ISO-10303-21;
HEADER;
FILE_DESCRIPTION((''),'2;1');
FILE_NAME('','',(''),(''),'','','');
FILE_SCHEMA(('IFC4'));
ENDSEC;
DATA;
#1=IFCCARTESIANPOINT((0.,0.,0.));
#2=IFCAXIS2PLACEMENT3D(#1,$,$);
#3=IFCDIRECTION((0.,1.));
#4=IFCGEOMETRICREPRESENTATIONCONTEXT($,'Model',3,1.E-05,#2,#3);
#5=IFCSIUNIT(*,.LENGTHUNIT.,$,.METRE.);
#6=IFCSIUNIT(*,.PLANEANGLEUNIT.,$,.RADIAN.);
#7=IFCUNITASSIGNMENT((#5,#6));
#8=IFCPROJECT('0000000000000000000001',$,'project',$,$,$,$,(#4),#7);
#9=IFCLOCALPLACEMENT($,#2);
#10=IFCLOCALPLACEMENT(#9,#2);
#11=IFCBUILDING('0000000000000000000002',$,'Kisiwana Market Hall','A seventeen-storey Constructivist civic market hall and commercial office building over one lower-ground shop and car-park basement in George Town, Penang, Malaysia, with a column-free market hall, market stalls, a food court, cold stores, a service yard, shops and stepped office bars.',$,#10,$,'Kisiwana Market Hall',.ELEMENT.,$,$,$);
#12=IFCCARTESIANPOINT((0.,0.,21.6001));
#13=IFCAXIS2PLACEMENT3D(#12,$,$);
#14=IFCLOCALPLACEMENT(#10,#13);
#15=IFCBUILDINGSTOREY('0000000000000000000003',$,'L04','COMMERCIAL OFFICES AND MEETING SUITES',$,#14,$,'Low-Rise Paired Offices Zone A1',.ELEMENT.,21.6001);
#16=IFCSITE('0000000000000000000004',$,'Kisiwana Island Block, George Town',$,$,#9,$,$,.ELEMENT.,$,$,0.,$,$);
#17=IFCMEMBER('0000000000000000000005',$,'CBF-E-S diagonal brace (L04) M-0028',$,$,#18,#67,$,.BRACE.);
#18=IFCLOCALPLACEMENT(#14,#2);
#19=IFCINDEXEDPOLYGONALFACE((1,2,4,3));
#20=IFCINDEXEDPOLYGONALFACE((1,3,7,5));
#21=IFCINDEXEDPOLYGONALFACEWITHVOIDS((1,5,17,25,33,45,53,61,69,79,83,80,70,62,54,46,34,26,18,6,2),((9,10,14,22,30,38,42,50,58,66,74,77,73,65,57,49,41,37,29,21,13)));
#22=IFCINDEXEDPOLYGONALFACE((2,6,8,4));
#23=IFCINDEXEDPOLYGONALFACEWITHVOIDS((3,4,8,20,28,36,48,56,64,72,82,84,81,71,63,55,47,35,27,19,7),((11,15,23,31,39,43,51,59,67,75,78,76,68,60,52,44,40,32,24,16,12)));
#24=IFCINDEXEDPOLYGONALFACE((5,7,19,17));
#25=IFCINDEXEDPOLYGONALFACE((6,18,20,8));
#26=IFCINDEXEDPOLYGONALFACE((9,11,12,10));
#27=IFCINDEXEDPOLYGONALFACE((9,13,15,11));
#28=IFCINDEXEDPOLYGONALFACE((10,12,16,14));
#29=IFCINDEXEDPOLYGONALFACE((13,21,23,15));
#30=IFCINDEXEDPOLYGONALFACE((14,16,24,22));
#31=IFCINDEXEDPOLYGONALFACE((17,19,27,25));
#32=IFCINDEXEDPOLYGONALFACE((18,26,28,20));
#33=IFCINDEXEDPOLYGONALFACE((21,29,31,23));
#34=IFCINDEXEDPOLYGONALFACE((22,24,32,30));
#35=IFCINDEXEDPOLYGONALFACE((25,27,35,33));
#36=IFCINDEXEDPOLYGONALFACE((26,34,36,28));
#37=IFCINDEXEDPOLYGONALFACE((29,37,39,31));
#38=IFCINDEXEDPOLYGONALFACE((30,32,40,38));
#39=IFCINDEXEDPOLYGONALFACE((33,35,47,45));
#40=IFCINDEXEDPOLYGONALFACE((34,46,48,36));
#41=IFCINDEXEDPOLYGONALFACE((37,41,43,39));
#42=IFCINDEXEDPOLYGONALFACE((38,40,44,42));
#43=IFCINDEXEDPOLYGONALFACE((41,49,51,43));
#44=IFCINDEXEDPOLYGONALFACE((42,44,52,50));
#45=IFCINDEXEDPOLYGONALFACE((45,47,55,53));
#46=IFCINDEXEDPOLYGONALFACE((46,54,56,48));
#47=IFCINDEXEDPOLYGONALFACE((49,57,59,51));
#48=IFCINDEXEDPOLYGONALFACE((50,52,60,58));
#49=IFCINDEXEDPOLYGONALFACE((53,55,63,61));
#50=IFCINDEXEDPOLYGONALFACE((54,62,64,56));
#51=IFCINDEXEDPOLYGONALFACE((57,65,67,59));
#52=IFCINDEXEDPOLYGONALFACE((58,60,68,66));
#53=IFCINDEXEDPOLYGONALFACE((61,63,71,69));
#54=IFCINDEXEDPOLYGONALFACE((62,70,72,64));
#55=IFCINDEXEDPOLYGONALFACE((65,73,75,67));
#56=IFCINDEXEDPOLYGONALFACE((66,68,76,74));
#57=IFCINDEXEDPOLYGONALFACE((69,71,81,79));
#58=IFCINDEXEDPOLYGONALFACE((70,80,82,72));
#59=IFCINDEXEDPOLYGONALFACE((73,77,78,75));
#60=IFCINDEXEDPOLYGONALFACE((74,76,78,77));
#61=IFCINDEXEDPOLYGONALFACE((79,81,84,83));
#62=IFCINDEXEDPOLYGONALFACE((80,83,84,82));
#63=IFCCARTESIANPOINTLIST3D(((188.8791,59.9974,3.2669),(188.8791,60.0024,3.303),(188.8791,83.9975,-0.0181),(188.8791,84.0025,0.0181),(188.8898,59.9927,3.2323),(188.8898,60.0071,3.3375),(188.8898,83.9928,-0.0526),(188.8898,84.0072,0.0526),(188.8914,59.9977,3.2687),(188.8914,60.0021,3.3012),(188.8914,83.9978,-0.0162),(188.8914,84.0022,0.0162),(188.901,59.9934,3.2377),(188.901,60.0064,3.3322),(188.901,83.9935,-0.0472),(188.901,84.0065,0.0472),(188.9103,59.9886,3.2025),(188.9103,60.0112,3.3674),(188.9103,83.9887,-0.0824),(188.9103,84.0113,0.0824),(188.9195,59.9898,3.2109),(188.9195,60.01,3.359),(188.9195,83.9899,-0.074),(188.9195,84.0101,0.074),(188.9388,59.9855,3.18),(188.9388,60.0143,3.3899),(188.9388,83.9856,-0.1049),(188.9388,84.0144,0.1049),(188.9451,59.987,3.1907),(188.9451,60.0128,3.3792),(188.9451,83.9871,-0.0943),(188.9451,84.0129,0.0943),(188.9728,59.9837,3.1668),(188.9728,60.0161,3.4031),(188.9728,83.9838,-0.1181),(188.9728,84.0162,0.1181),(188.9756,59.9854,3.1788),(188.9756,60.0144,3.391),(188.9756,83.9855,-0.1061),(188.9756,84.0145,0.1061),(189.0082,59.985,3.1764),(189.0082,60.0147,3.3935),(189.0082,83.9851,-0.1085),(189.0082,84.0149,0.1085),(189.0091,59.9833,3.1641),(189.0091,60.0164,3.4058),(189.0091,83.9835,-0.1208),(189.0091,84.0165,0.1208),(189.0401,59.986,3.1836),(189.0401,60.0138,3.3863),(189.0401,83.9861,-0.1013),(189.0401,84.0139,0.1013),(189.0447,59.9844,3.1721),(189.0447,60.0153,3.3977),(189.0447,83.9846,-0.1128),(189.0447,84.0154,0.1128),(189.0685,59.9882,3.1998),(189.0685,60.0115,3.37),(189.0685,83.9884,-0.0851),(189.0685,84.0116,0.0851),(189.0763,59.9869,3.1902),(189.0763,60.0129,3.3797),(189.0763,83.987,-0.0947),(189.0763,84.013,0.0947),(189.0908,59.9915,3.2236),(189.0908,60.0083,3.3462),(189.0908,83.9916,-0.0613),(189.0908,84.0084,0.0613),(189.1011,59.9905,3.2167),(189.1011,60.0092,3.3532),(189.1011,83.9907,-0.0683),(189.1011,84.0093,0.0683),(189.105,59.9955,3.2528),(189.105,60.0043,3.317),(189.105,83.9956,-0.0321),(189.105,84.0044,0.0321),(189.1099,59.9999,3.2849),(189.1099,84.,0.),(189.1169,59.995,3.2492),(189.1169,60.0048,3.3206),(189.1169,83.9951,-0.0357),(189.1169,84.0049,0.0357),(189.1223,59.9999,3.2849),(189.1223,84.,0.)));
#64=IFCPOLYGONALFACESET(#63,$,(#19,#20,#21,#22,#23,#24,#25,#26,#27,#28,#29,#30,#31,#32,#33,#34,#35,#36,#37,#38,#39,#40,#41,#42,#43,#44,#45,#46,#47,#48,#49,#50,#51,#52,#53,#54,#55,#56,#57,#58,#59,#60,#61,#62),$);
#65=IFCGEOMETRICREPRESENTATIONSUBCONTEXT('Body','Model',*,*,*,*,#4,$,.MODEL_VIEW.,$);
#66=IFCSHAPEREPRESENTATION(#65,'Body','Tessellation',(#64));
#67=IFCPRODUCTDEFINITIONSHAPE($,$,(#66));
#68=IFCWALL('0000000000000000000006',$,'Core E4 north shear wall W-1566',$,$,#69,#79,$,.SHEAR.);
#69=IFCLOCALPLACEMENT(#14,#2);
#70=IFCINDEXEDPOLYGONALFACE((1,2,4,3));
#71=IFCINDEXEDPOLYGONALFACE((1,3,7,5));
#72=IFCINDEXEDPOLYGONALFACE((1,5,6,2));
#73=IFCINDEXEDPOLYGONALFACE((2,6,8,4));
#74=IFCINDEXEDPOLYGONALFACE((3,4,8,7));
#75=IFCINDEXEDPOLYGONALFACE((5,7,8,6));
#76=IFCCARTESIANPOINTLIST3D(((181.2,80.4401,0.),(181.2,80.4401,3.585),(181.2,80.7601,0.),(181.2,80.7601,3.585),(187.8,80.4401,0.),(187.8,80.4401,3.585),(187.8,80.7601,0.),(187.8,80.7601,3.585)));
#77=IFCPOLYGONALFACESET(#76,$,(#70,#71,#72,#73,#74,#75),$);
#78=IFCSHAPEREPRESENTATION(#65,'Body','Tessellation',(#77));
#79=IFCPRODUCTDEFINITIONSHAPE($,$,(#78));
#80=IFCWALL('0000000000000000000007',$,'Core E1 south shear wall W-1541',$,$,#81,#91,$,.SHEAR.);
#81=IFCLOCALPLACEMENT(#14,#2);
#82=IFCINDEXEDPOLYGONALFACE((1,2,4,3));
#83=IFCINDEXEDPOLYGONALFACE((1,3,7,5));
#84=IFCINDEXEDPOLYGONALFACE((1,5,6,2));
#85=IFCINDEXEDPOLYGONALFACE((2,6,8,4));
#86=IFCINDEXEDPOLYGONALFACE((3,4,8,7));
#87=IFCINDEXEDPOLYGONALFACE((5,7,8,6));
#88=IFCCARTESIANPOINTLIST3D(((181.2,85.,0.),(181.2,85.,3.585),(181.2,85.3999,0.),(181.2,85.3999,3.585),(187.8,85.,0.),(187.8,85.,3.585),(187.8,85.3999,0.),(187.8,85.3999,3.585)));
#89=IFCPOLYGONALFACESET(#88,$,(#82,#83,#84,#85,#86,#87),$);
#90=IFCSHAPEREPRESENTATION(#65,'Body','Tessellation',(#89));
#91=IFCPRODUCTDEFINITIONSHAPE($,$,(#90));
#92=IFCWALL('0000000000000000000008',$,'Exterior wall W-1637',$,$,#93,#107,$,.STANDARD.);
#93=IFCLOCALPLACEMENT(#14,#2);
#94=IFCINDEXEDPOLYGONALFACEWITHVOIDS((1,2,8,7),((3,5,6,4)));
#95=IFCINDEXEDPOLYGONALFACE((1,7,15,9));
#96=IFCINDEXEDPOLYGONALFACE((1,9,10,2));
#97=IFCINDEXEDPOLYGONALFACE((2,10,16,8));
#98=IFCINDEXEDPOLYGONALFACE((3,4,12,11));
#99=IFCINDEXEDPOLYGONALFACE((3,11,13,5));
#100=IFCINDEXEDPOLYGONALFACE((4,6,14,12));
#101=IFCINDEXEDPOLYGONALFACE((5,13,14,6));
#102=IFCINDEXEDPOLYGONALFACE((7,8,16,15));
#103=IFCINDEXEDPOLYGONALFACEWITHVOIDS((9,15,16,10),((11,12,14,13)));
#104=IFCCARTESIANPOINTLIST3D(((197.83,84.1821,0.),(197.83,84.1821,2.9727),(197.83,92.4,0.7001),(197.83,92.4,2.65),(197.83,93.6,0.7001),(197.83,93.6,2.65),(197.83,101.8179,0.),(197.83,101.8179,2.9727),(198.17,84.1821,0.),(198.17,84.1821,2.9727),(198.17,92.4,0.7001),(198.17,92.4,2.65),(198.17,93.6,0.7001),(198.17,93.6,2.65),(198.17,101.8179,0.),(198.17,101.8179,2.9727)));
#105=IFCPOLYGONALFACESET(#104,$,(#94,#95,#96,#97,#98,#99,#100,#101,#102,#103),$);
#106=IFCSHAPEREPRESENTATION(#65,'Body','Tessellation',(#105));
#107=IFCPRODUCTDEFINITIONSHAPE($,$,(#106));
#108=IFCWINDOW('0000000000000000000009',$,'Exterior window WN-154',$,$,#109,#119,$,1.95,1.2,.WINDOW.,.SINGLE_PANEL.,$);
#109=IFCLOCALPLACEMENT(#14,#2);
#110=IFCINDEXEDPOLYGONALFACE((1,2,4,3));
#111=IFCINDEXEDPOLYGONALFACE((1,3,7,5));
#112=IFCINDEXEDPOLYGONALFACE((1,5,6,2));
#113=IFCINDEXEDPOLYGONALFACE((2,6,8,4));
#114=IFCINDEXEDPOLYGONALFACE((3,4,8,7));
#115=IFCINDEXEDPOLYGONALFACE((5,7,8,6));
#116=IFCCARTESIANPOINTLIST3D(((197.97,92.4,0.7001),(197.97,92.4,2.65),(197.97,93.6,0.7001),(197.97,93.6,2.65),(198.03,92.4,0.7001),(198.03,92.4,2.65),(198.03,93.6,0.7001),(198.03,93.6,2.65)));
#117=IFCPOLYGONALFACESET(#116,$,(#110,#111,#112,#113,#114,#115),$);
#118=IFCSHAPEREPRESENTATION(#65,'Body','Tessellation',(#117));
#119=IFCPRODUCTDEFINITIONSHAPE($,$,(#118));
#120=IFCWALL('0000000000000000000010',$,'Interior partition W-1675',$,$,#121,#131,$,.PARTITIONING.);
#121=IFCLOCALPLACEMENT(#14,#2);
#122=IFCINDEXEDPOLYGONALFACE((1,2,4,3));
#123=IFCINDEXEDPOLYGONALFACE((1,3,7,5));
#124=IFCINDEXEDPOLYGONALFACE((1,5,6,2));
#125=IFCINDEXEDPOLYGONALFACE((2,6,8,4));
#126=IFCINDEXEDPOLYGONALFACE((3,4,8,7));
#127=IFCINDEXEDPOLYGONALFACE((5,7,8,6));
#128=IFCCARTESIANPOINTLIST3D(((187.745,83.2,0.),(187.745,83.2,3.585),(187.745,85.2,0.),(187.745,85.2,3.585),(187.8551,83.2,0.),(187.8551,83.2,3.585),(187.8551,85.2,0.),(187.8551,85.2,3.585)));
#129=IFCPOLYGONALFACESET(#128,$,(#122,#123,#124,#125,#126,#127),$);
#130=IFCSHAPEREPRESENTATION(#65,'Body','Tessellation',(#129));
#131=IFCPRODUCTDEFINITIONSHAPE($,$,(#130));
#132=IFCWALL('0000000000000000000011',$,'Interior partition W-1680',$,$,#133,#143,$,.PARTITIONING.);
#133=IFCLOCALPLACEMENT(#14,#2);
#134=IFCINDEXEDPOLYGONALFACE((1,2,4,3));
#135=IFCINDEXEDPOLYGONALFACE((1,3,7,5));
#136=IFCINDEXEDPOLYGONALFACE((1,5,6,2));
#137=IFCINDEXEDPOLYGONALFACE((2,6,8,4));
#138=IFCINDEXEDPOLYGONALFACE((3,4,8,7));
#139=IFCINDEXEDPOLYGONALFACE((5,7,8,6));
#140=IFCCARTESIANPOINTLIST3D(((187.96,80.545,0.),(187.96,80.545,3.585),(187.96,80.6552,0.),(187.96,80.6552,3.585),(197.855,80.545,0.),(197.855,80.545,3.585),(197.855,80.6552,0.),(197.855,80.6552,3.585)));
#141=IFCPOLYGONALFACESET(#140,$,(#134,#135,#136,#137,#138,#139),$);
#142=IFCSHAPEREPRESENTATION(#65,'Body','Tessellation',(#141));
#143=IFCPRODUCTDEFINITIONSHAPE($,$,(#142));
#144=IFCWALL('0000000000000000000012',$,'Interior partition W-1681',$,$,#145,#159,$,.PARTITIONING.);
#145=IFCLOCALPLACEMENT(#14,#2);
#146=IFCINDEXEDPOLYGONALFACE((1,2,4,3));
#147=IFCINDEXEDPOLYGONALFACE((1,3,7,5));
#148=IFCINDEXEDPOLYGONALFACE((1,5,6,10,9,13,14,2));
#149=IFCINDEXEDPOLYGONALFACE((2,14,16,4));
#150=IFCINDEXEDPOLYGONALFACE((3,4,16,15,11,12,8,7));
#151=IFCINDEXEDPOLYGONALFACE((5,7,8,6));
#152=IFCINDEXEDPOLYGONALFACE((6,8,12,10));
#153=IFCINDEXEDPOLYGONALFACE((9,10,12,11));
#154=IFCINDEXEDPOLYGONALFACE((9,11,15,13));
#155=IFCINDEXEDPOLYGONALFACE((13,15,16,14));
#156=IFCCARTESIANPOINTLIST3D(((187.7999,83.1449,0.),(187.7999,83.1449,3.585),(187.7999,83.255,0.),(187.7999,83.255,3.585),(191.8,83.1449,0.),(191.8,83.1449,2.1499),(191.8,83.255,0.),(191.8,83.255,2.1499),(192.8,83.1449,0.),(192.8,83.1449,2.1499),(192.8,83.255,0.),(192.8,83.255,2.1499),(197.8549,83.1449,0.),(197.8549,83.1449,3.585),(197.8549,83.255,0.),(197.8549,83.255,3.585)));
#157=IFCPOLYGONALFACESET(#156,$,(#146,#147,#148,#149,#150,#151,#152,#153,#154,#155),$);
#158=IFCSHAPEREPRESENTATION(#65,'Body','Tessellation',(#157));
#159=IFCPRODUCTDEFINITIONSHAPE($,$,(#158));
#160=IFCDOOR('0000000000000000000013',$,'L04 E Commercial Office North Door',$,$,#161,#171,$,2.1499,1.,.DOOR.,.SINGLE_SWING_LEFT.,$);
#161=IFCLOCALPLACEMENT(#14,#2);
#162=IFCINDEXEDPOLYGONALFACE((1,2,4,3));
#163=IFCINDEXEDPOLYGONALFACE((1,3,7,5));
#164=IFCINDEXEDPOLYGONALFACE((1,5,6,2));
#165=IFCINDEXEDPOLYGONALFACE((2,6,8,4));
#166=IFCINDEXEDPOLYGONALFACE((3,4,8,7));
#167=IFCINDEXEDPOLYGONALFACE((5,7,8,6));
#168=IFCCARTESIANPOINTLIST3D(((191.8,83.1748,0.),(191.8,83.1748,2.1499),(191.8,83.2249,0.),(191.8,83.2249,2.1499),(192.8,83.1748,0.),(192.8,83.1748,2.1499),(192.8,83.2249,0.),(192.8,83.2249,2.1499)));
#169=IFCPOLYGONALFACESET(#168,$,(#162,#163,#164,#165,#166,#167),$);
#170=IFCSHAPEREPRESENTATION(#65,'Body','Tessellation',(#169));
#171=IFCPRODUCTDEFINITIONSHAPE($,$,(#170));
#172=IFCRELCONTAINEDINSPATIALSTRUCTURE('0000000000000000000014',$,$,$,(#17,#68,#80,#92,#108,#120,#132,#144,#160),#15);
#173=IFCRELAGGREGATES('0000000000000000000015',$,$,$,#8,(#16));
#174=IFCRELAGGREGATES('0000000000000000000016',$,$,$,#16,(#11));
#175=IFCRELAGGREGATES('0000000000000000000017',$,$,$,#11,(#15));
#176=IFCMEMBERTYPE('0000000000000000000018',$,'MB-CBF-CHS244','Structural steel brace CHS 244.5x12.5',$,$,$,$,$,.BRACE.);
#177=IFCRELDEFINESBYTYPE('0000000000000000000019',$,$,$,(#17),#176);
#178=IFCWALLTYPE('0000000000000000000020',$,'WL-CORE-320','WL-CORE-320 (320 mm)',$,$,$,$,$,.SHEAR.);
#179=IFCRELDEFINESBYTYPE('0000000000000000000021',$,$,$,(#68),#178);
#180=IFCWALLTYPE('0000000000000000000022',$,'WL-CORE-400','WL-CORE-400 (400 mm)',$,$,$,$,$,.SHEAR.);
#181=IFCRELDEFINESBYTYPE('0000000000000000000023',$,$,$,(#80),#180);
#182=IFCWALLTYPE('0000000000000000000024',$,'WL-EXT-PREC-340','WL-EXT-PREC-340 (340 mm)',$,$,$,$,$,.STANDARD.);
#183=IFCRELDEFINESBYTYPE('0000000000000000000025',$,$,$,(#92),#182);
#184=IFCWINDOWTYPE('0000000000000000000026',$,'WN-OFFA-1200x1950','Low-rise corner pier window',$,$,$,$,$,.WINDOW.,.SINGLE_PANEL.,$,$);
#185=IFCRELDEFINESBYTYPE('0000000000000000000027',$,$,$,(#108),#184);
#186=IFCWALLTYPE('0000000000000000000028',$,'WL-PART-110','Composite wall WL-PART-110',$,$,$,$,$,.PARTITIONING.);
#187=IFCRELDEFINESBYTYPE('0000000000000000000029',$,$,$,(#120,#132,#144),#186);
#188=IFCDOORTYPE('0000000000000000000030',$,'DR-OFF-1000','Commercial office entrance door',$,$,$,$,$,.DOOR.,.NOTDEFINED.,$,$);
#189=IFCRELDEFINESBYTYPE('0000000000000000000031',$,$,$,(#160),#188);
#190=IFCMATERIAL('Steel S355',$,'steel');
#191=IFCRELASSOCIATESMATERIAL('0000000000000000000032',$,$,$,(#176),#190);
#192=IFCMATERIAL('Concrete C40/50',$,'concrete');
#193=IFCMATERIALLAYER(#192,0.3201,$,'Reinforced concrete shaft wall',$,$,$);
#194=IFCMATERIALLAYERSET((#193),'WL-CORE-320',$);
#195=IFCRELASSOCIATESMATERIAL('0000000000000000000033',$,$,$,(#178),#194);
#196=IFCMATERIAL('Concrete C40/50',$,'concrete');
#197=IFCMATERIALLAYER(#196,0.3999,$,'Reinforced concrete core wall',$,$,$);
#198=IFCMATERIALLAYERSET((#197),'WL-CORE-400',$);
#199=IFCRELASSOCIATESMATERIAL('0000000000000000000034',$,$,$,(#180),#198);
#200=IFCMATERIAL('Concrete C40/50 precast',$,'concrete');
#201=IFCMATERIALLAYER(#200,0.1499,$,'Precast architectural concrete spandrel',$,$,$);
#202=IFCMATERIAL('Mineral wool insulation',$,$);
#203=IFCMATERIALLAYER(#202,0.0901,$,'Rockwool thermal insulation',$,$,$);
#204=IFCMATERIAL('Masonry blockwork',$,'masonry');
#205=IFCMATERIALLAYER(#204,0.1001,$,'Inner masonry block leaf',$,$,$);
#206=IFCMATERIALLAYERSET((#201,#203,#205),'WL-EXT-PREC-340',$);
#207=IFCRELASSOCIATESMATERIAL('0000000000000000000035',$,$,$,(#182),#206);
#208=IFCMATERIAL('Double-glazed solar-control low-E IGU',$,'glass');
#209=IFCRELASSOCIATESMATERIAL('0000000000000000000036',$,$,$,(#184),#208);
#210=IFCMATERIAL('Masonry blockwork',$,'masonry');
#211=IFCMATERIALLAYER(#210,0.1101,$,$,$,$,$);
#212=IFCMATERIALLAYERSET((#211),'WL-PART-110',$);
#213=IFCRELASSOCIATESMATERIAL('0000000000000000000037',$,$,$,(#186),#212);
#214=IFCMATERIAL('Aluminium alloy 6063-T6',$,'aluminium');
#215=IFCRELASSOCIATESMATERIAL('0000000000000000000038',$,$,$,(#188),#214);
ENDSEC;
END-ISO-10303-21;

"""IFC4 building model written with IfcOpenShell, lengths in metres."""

from ifc_helpers import new_model, si_unit, direction, frame, frame_2d, origin, origin_2d, place, context, subcontext, project, spatial, rectangle, hollow_circle, extrude, material, layer, layer_set, material_profile, profile_set, type_object, element, fill, save


model = new_model("IFC4")

# Units and contexts
model_context = context("Model", 3, precision=1e-05, world=origin(), true_north=direction((0.0, 1.0)))
body_context = subcontext(model_context, "Body", "Model", "MODEL_VIEW")
ifc_project = project(units=[si_unit("LENGTHUNIT", "METRE"), si_unit("PLANEANGLEUNIT", "RADIAN")], contexts=[model_context])

# Site, building, storey
site_placement = place(None, origin())
site = spatial("IfcSite", under=ifc_project, at=site_placement, Name="Kisiwana Island Block, George Town", CompositionType="ELEMENT", RefElevation=0.0)
building_placement = place(site_placement, origin())
building = spatial("IfcBuilding", under=site, at=building_placement, Name="Kisiwana Market Hall", Description="A seventeen-storey Constructivist civic market hall and commercial office building over one lower-ground shop and car-park basement in George Town, Penang, Malaysia, with a column-free market hall, market stalls, a food court, cold stores, a service yard, shops and stepped office bars.", LongName="Kisiwana Market Hall", CompositionType="ELEMENT")
storey_placement = place(building_placement, frame((0.0, 0.0, 21.6001)))
storey = spatial("IfcBuildingStorey", under=building, at=storey_placement, Name="L04", Description="COMMERCIAL OFFICES AND MEETING SUITES", LongName="Low-Rise Paired Offices Zone A1", CompositionType="ELEMENT", Elevation=21.6001)

# Member
ifc_material_1 = material(Name="Steel S355", Category="steel")
ifc_material_profile_1 = material_profile(ifc_material_1, hollow_circle(Radius=0.1223, WallThickness=0.0125, at=origin_2d()), Name="CHS 244.5x12.5")
ifc_profile_set_1 = profile_set([ifc_material_profile_1], Name="Steel S355")
member_type = type_object("IfcMemberType", Name="MB-CBF-CHS244", Description="Structural steel brace CHS 244.5x12.5", PredefinedType="BRACE", material=ifc_profile_set_1)
member_placement = place(storey_placement, frame((189.0, 84.0, 0.0), z_axis=(0.0, -0.990763, 0.135607), x_axis=(1.0, 0.0, 0.0)))
element("IfcMember", 1, at=member_placement, inside=storey, type_object=member_type, Name="CBF-E-S diagonal brace (L04) M-0028", PredefinedType="BRACE", context=body_context, shape_type="SweptSolid", body=[
    extrude(hollow_circle(Radius=0.1223, WallThickness=0.0125, at=origin_2d()), origin(), (0.0, 0.0, 1.0), 24.2239),
])

# Walls
ifc_material_2 = material(Name="Concrete C40/50", Category="concrete")
ifc_layer_1 = layer(ifc_material_2, 0.3201, Name="Reinforced concrete shaft wall")
ifc_layer_set_1 = layer_set([ifc_layer_1], Name="WL-CORE-320")
wall_type_1 = type_object("IfcWallType", Name="WL-CORE-320", Description="WL-CORE-320 (320 mm)", PredefinedType="SHEAR", material=ifc_layer_set_1)
wall_1_placement = place(storey_placement, frame((181.2, 80.6001, 0.0), z_axis=(0.0, 0.0, 1.0), x_axis=(1.0, 0.0, 0.0)))
element("IfcWall", 2, at=wall_1_placement, inside=storey, type_object=wall_type_1, Name="Core E4 north shear wall W-1566", PredefinedType="SHEAR", context=body_context, shape_type="SweptSolid", body=[
    extrude(rectangle(XDim=6.6001, YDim=0.3201, at=frame_2d((3.3, 0.0))), origin(), (0.0, 0.0, 1.0), 3.585),
])
ifc_material_3 = material(Name="Concrete C40/50", Category="concrete")
ifc_layer_2 = layer(ifc_material_3, 0.3999, Name="Reinforced concrete core wall")
ifc_layer_set_2 = layer_set([ifc_layer_2], Name="WL-CORE-400")
wall_type_2 = type_object("IfcWallType", Name="WL-CORE-400", Description="WL-CORE-400 (400 mm)", PredefinedType="SHEAR", material=ifc_layer_set_2)
wall_2_placement = place(storey_placement, frame((181.2, 85.2, 0.0), z_axis=(0.0, 0.0, 1.0), x_axis=(1.0, 0.0, 0.0)))
element("IfcWall", 3, at=wall_2_placement, inside=storey, type_object=wall_type_2, Name="Core E1 south shear wall W-1541", PredefinedType="SHEAR", context=body_context, shape_type="SweptSolid", body=[
    extrude(rectangle(XDim=6.6001, YDim=0.3999, at=frame_2d((3.3, 0.0))), origin(), (0.0, 0.0, 1.0), 3.585),
])

# Wall, opening, window
ifc_material_4 = material(Name="Concrete C40/50 precast", Category="concrete")
ifc_layer_3 = layer(ifc_material_4, 0.1499, Name="Precast architectural concrete spandrel")
ifc_material_5 = material(Name="Mineral wool insulation")
ifc_layer_4 = layer(ifc_material_5, 0.0901, Name="Rockwool thermal insulation")
ifc_material_6 = material(Name="Masonry blockwork", Category="masonry")
ifc_layer_5 = layer(ifc_material_6, 0.1001, Name="Inner masonry block leaf")
ifc_layer_set_3 = layer_set([ifc_layer_3, ifc_layer_4, ifc_layer_5], Name="WL-EXT-PREC-340")
wall_type_3 = type_object("IfcWallType", Name="WL-EXT-PREC-340", Description="WL-EXT-PREC-340 (340 mm)", PredefinedType="STANDARD", material=ifc_layer_set_3)
wall_3_placement = place(storey_placement, frame((198.0, 84.1821, 0.0), z_axis=(0.0, 0.0, 1.0), x_axis=(0.0, 1.0, 0.0)))
wall_3 = element("IfcWall", 4, at=wall_3_placement, inside=storey, type_object=wall_type_3, Name="Exterior wall W-1637", PredefinedType="STANDARD", context=body_context, shape_type="SweptSolid", body=[
    extrude(rectangle(XDim=17.6357, YDim=0.3401, at=frame_2d((8.8179, 0.0))), origin(), (0.0, 0.0, 1.0), 2.9727),
])
opening_1_placement = place(wall_3_placement, frame((8.2178, 0.0, 0.7)))
opening_1 = element("IfcOpeningElement", 5, at=opening_1_placement, cuts=wall_3, PredefinedType="OPENING", context=body_context, shape_type="SweptSolid", body=[
    extrude(rectangle(XDim=1.2, YDim=1.95, at=frame_2d((0.6001, 0.9751))), frame((0.0, 0.1821, 0.0), z_axis=(0.0, -1.0, 0.0), x_axis=(1.0, 0.0, 0.0)), (0.0, 0.0, 1.0), 0.364),
])
ifc_material_7 = material(Name="Double-glazed solar-control low-E IGU", Category="glass")
window_type = type_object("IfcWindowType", Name="WN-OFFA-1200x1950", Description="Low-rise corner pier window", PartitioningType="SINGLE_PANEL", PredefinedType="WINDOW", material=ifc_material_7)
window_placement = place(opening_1_placement, origin())
window = element("IfcWindow", 6, at=window_placement, inside=storey, type_object=window_type, Name="Exterior window WN-154", OverallHeight=1.95, OverallWidth=1.2, PartitioningType="SINGLE_PANEL", PredefinedType="WINDOW", context=body_context, shape_type="SweptSolid", body=[
    extrude(rectangle(XDim=1.2, YDim=1.95, at=frame_2d((0.6001, 0.9751))), frame((0.0, 0.03, 0.0), z_axis=(0.0, -1.0, 0.0), x_axis=(1.0, 0.0, 0.0)), (0.0, 0.0, 1.0), 0.0601),
])
fill(opening_1, window)

# Walls
ifc_material_8 = material(Name="Masonry blockwork", Category="masonry")
ifc_layer_6 = layer(ifc_material_8, 0.1101)
ifc_layer_set_4 = layer_set([ifc_layer_6], Name="WL-PART-110")
wall_type_4 = type_object("IfcWallType", Name="WL-PART-110", Description="Composite wall WL-PART-110", PredefinedType="PARTITIONING", material=ifc_layer_set_4)
wall_4_placement = place(storey_placement, frame((187.8, 83.2, 0.0), z_axis=(0.0, 0.0, 1.0), x_axis=(0.0, 1.0, 0.0)))
element("IfcWall", 7, at=wall_4_placement, inside=storey, type_object=wall_type_4, Name="Interior partition W-1675", PredefinedType="PARTITIONING", context=body_context, shape_type="SweptSolid", body=[
    extrude(rectangle(XDim=2.0, YDim=0.1101, at=frame_2d((1.0, 0.0))), origin(), (0.0, 0.0, 1.0), 3.585),
])
wall_5_placement = place(storey_placement, frame((187.96, 80.6001, 0.0), z_axis=(0.0, 0.0, 1.0), x_axis=(1.0, 0.0, 0.0)))
element("IfcWall", 8, at=wall_5_placement, inside=storey, type_object=wall_type_4, Name="Interior partition W-1680", PredefinedType="PARTITIONING", context=body_context, shape_type="SweptSolid", body=[
    extrude(rectangle(XDim=9.895, YDim=0.1101, at=frame_2d((4.9475, 0.0))), origin(), (0.0, 0.0, 1.0), 3.585),
])

# Wall, opening, door
wall_6_placement = place(storey_placement, frame((187.8, 83.2, 0.0), z_axis=(0.0, 0.0, 1.0), x_axis=(1.0, 0.0, 0.0)))
wall_6 = element("IfcWall", 9, at=wall_6_placement, inside=storey, type_object=wall_type_4, Name="Interior partition W-1681", PredefinedType="PARTITIONING", context=body_context, shape_type="SweptSolid", body=[
    extrude(rectangle(XDim=10.0549, YDim=0.1101, at=frame_2d((5.0273, 0.0))), origin(), (0.0, 0.0, 1.0), 3.585),
])
opening_2_placement = place(wall_6_placement, frame((4.0, 0.0, 0.0)))
opening_2 = element("IfcOpeningElement", 10, at=opening_2_placement, cuts=wall_6, PredefinedType="OPENING", context=body_context, shape_type="SweptSolid", body=[
    extrude(rectangle(XDim=1.0, YDim=2.1499, at=frame_2d((0.5, 1.075))), frame((0.0, 0.0669, 0.0), z_axis=(0.0, -1.0, 0.0), x_axis=(1.0, 0.0, 0.0)), (0.0, 0.0, 1.0), 0.134),
])
ifc_material_9 = material(Name="Aluminium alloy 6063-T6", Category="aluminium")
door_type = type_object("IfcDoorType", Name="DR-OFF-1000", Description="Commercial office entrance door", OperationType="NOTDEFINED", PredefinedType="DOOR", material=ifc_material_9)
door_placement = place(opening_2_placement, origin())
door = element("IfcDoor", 11, at=door_placement, inside=storey, type_object=door_type, Name="L04 E Commercial Office North Door", OperationType="SINGLE_SWING_LEFT", OverallHeight=2.1499, OverallWidth=1.0, PredefinedType="DOOR", context=body_context, shape_type="SweptSolid", body=[
    extrude(rectangle(XDim=1.0, YDim=2.1499, at=frame_2d((0.5, 1.075))), frame((0.0, 0.0249, 0.0), z_axis=(0.0, -1.0, 0.0), x_axis=(1.0, 0.0, 0.0)), (0.0, 0.0, 1.0), 0.05),
])
fill(opening_2, door)

save(model, "model.ifc")
